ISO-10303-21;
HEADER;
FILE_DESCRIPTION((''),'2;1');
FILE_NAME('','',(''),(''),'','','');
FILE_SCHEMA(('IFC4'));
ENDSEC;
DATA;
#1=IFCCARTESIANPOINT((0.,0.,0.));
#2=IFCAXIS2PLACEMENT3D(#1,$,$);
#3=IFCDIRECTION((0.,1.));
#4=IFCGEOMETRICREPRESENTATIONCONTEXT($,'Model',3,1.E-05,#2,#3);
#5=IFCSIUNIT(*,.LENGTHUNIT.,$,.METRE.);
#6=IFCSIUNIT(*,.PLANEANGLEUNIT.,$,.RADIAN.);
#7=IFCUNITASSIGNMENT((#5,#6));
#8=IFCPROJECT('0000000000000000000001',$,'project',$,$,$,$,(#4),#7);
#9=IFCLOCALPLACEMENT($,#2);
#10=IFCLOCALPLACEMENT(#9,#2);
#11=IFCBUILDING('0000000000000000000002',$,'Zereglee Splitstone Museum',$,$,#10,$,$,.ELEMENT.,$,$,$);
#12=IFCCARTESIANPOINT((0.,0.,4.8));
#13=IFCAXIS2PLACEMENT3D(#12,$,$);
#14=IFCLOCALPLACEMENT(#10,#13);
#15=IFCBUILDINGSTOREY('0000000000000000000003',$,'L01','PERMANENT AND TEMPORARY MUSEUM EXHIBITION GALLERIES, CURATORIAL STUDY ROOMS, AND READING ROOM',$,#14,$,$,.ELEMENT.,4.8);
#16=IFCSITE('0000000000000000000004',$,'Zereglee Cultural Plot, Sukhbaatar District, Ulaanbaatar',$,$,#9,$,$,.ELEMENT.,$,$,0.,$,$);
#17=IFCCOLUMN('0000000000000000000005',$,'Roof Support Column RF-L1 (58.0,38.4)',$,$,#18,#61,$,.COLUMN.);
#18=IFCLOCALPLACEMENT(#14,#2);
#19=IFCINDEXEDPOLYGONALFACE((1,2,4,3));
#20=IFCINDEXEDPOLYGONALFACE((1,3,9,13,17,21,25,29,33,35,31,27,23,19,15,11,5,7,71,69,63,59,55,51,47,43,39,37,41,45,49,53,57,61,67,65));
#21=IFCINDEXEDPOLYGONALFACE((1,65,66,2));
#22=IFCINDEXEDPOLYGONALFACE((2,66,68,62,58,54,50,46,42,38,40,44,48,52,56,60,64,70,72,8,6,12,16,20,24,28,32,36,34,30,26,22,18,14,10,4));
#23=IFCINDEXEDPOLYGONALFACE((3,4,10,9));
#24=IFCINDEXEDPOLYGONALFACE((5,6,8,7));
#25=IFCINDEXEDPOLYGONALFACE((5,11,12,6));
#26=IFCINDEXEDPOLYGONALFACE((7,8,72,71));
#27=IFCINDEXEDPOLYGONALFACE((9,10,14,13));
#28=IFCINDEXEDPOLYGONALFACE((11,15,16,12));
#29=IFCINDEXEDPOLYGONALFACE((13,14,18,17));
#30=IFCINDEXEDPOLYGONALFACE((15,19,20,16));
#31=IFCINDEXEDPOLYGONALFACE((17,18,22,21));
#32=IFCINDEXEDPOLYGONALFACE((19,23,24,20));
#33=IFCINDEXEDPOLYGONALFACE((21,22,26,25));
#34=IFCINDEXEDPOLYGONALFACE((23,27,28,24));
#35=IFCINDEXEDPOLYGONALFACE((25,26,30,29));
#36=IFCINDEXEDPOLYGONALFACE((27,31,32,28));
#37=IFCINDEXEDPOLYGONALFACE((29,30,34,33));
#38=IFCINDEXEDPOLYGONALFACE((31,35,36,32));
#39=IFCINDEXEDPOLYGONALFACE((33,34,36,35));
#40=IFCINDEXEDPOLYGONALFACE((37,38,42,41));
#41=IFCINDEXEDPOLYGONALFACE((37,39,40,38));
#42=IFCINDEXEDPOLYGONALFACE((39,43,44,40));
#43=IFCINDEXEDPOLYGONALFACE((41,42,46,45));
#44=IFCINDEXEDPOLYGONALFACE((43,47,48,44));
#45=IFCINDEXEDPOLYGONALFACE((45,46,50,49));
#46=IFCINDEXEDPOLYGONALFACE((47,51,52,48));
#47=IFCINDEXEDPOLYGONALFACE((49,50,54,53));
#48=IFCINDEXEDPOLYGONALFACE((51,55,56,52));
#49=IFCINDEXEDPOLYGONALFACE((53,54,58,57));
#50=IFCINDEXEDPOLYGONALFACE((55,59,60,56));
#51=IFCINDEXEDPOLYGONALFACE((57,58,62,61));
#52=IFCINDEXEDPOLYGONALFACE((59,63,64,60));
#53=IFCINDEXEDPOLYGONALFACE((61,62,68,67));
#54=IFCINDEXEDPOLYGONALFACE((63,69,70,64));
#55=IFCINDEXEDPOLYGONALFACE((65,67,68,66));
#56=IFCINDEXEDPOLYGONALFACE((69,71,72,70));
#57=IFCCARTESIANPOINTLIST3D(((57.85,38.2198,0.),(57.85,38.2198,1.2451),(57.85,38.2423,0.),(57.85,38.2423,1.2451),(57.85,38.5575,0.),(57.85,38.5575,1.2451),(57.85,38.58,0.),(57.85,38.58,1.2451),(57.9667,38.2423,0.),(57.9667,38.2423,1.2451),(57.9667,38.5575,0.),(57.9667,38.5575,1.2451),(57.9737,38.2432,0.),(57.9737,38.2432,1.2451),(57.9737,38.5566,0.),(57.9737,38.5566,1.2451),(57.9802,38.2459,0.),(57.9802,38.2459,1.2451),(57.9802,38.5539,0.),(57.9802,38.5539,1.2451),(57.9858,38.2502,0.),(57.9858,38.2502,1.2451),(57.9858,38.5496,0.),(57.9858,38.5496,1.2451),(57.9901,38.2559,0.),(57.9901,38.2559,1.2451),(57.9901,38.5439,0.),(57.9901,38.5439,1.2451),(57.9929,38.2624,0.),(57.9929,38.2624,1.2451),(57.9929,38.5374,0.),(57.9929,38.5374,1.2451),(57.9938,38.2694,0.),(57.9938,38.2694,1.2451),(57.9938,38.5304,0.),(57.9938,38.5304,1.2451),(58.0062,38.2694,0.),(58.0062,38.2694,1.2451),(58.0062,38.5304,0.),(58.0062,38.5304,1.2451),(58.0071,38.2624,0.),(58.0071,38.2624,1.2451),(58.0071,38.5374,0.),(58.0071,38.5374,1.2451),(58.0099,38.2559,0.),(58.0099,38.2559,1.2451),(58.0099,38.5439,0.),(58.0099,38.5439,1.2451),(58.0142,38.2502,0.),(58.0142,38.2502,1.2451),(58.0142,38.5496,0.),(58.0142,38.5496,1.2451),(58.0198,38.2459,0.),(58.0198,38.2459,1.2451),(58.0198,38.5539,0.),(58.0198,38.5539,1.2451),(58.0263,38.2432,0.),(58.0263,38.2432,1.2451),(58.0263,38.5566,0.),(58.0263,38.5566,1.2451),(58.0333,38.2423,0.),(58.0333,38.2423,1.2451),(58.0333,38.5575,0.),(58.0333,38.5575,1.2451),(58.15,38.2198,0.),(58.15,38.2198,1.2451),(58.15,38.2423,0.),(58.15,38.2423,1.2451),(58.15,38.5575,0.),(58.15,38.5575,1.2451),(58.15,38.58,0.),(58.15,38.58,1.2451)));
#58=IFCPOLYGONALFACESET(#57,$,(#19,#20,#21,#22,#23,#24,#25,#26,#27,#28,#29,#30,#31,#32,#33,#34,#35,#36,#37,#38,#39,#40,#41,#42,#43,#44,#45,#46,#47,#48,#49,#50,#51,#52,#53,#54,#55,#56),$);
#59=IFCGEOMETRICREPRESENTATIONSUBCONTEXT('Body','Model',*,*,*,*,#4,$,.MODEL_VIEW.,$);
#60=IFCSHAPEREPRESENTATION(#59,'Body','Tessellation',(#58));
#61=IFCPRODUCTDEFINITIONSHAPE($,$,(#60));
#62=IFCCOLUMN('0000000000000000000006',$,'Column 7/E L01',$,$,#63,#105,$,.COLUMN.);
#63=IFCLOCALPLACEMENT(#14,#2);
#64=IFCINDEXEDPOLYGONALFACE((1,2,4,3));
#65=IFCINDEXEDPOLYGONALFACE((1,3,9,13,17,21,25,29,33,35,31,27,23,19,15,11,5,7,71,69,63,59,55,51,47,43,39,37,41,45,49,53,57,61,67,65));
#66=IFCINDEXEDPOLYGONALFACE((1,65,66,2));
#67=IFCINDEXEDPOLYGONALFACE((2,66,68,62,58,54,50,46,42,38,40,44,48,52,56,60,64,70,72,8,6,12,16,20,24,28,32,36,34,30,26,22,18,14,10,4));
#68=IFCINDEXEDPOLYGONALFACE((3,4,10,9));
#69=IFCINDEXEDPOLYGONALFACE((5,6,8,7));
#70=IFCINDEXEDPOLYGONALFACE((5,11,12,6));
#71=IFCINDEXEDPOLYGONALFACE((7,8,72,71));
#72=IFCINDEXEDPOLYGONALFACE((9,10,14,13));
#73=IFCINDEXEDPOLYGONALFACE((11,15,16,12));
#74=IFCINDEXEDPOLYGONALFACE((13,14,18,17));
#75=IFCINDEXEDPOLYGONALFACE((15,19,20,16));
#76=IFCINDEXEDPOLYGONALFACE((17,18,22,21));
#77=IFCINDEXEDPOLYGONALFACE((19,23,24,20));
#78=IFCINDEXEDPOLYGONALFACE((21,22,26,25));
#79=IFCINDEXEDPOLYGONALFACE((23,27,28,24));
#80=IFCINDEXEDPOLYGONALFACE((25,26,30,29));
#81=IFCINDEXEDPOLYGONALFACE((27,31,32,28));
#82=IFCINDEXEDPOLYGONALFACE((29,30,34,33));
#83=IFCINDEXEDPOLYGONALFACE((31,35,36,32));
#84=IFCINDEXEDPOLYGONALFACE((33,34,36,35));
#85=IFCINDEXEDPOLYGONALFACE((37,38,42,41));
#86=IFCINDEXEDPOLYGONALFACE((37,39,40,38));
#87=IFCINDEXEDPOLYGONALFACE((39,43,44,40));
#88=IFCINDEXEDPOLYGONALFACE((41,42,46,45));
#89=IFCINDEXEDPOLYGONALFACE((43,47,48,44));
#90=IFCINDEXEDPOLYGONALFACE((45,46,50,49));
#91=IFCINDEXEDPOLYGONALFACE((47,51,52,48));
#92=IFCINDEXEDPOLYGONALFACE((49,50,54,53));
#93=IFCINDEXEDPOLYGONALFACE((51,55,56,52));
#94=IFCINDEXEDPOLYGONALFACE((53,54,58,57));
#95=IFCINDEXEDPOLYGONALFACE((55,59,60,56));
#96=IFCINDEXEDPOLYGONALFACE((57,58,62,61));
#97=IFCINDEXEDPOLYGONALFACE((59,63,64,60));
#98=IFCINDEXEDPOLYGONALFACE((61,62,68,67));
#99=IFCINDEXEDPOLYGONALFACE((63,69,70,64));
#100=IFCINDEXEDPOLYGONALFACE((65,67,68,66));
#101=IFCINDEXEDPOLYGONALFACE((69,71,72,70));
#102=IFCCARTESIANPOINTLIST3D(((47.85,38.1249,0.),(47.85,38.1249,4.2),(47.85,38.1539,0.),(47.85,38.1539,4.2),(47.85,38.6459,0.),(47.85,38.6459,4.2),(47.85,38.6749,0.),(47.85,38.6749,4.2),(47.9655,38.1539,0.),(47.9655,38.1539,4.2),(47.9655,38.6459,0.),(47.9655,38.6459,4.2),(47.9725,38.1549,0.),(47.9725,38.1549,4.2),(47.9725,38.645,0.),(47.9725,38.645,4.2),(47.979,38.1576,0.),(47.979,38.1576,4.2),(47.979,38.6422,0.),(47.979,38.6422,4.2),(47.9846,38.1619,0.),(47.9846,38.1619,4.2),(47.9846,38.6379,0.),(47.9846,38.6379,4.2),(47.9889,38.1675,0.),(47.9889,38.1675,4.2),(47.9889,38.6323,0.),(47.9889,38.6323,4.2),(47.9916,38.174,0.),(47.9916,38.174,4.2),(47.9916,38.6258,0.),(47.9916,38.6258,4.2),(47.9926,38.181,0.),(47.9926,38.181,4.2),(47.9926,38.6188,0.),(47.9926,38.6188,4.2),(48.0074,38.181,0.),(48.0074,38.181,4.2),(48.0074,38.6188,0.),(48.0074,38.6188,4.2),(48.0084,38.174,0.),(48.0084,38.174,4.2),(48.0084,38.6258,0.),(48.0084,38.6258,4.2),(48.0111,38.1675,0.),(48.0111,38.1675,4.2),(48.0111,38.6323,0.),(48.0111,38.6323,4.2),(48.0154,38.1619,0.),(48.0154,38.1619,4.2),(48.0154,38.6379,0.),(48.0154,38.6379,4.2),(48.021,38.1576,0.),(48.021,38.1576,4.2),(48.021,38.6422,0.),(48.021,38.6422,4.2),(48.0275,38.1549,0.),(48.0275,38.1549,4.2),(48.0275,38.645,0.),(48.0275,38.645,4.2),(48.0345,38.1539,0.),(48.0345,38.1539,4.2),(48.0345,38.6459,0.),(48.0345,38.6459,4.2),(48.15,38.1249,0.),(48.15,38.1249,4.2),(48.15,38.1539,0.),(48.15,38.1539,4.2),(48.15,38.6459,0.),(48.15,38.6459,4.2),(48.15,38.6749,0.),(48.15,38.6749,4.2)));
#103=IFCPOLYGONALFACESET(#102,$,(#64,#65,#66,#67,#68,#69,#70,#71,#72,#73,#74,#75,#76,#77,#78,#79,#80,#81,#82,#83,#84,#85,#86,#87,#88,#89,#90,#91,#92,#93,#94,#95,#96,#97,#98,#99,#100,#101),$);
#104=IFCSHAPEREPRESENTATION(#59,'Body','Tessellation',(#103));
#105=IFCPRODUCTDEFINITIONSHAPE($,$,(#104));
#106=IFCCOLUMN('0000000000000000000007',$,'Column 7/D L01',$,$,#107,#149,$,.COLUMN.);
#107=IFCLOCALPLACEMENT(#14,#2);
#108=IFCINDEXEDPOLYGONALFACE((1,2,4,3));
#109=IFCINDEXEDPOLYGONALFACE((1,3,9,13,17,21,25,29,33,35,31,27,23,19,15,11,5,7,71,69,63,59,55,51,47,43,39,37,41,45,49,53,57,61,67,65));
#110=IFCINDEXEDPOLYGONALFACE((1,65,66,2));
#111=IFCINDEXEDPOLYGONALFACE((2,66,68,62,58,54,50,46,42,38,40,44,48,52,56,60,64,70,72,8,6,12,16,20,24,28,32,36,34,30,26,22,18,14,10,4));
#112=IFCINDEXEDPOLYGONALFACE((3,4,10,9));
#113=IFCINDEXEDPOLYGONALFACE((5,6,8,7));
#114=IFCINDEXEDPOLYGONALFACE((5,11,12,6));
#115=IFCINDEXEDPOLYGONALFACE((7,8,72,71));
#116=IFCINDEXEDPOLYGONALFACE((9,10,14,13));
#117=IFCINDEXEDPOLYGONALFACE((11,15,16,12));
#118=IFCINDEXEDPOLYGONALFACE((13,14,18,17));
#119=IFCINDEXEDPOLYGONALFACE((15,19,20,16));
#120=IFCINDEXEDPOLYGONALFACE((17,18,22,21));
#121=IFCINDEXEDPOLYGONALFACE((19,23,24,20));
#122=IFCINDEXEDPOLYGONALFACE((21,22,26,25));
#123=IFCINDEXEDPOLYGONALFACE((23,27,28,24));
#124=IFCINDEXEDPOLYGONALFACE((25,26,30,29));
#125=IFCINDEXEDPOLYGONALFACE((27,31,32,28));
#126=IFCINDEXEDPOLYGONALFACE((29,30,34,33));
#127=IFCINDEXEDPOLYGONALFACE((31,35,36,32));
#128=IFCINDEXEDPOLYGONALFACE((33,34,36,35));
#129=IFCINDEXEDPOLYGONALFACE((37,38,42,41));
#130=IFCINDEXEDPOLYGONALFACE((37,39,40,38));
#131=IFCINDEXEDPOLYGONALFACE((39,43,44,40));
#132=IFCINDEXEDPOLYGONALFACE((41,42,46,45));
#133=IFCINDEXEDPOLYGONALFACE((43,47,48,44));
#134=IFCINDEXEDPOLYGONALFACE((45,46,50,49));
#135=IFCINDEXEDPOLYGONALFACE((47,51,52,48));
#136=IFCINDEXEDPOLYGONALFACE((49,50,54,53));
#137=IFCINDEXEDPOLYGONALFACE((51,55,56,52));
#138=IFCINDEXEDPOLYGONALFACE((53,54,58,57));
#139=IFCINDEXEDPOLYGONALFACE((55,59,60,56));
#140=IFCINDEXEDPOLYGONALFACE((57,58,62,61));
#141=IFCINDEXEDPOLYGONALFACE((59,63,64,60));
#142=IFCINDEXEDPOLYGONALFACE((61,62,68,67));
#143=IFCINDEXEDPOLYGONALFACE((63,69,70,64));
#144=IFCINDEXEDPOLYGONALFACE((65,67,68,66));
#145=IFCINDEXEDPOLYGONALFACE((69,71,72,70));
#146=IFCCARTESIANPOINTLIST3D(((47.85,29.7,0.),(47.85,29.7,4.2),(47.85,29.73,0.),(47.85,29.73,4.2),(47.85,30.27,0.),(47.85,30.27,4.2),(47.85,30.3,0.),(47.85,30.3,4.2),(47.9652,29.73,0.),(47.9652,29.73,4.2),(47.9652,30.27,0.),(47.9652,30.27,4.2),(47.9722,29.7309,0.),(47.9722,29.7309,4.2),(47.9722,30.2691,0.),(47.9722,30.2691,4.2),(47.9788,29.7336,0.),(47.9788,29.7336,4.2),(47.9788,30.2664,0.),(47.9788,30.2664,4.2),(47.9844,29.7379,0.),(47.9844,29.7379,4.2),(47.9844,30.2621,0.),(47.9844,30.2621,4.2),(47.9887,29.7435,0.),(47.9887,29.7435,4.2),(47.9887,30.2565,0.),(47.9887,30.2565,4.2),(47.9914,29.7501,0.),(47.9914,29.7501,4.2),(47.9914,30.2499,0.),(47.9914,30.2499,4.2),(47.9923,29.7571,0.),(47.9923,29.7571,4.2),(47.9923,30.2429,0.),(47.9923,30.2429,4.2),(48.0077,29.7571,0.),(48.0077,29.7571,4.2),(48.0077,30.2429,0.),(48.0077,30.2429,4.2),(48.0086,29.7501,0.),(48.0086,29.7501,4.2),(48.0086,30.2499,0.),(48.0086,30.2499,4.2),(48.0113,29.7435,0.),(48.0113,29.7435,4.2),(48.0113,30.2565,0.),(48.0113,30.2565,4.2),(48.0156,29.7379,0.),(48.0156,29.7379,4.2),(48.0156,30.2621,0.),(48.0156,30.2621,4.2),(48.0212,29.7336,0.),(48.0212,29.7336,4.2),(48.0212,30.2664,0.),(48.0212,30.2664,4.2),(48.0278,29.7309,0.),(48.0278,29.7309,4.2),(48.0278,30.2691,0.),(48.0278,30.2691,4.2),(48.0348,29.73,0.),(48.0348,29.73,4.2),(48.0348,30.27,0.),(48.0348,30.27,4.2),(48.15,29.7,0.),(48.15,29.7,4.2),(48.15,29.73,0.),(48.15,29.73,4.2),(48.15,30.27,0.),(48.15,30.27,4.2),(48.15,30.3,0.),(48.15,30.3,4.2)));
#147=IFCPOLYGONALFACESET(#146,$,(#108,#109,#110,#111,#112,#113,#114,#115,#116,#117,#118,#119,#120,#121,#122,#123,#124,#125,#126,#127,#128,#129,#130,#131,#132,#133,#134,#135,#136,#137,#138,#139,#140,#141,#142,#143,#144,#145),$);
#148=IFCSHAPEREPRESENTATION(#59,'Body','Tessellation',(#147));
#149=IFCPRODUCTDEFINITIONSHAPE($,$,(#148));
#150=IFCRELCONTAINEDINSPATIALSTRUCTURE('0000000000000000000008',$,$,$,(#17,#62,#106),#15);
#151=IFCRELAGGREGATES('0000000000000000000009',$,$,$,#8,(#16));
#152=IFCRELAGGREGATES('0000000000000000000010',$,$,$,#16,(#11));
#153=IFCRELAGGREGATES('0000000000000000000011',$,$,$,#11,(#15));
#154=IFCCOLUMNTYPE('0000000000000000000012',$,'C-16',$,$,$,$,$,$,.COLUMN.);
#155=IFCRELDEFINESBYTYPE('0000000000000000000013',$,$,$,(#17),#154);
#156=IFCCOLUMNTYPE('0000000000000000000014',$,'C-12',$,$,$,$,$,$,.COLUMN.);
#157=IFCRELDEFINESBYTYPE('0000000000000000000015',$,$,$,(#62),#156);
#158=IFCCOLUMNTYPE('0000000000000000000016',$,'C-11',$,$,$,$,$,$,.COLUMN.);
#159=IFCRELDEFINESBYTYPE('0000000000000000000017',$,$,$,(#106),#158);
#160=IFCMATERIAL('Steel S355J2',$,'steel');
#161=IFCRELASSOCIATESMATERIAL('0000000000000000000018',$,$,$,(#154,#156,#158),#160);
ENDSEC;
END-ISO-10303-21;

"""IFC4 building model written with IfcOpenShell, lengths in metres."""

from ifc_helpers import new_model, si_unit, direction, frame, origin, origin_2d, place, context, subcontext, project, spatial, i_section, extrude, material, material_profile, profile_set, type_object, element, save


model = new_model("IFC4")

# Units and contexts
model_context = context("Model", 3, precision=1e-05, world=origin(), true_north=direction((0.0, 1.0)))
body_context = subcontext(model_context, "Body", "Model", "MODEL_VIEW")
ifc_project = project(units=[si_unit("LENGTHUNIT", "METRE"), si_unit("PLANEANGLEUNIT", "RADIAN")], contexts=[model_context])

# Site, building, storey
site_placement = place(None, origin())
site = spatial("IfcSite", under=ifc_project, at=site_placement, Name="Zereglee Cultural Plot, Sukhbaatar District, Ulaanbaatar", CompositionType="ELEMENT", RefElevation=0.0)
building_placement = place(site_placement, origin())
building = spatial("IfcBuilding", under=site, at=building_placement, Name="Zereglee Splitstone Museum", CompositionType="ELEMENT")
storey_placement = place(building_placement, frame((0.0, 0.0, 4.8)))
storey = spatial("IfcBuildingStorey", under=building, at=storey_placement, Name="L01", Description="PERMANENT AND TEMPORARY MUSEUM EXHIBITION GALLERIES, CURATORIAL STUDY ROOMS, AND READING ROOM", CompositionType="ELEMENT", Elevation=4.8)

# Columns
ifc_material_1 = material(Name="Steel S355J2", Category="steel")
ifc_material_profile_1 = material_profile(ifc_material_1, i_section(OverallWidth=0.3, OverallDepth=0.3601, WebThickness=0.0125, FlangeThickness=0.0225, FilletRadius=0.0271, at=origin_2d()), Name="HE 360 B")
ifc_profile_set_1 = profile_set([ifc_material_profile_1], Name="Steel S355J2")
column_type_1 = type_object("IfcColumnType", Name="C-16", PredefinedType="COLUMN", material=ifc_profile_set_1)
column_1_placement = place(storey_placement, frame((58.0, 38.3999, 0.0), z_axis=(0.0, 0.0, 1.0), x_axis=(1.0, 0.0, 0.0)))
element("IfcColumn", 1, at=column_1_placement, inside=storey, type_object=column_type_1, Name="Roof Support Column RF-L1 (58.0,38.4)", PredefinedType="COLUMN", context=body_context, shape_type="SweptSolid", body=[
    extrude(i_section(OverallWidth=0.3, OverallDepth=0.3601, WebThickness=0.0125, FlangeThickness=0.0225, FilletRadius=0.0271, at=origin_2d()), origin(), (0.0, 0.0, 1.0), 1.2451),
])
ifc_material_profile_2 = material_profile(ifc_material_1, i_section(OverallWidth=0.3, OverallDepth=0.55, WebThickness=0.0149, FlangeThickness=0.0291, FilletRadius=0.0271, at=origin_2d()), Name="HE 550 B")
ifc_profile_set_2 = profile_set([ifc_material_profile_2], Name="Steel S355J2")
column_type_2 = type_object("IfcColumnType", Name="C-12", PredefinedType="COLUMN", material=ifc_profile_set_2)
column_2_placement = place(storey_placement, frame((48.0, 38.3999, 0.0), z_axis=(0.0, 0.0, 1.0), x_axis=(1.0, 0.0, 0.0)))
element("IfcColumn", 2, at=column_2_placement, inside=storey, type_object=column_type_2, Name="Column 7/E L01", PredefinedType="COLUMN", context=body_context, shape_type="SweptSolid", body=[
    extrude(i_section(OverallWidth=0.3, OverallDepth=0.55, WebThickness=0.0149, FlangeThickness=0.0291, FilletRadius=0.0271, at=origin_2d()), origin(), (0.0, 0.0, 1.0), 4.2),
])
ifc_material_profile_3 = material_profile(ifc_material_1, i_section(OverallWidth=0.3, OverallDepth=0.6001, WebThickness=0.0154, FlangeThickness=0.03, FilletRadius=0.0271, at=origin_2d()), Name="HE 600 B")
ifc_profile_set_3 = profile_set([ifc_material_profile_3], Name="Steel S355J2")
column_type_3 = type_object("IfcColumnType", Name="C-11", PredefinedType="COLUMN", material=ifc_profile_set_3)
column_3_placement = place(storey_placement, frame((48.0, 30.0, 0.0), z_axis=(0.0, 0.0, 1.0), x_axis=(1.0, 0.0, 0.0)))
element("IfcColumn", 3, at=column_3_placement, inside=storey, type_object=column_type_3, Name="Column 7/D L01", PredefinedType="COLUMN", context=body_context, shape_type="SweptSolid", body=[
    extrude(i_section(OverallWidth=0.3, OverallDepth=0.6001, WebThickness=0.0154, FlangeThickness=0.03, FilletRadius=0.0271, at=origin_2d()), origin(), (0.0, 0.0, 1.0), 4.2),
])

save(model, "model.ifc")
